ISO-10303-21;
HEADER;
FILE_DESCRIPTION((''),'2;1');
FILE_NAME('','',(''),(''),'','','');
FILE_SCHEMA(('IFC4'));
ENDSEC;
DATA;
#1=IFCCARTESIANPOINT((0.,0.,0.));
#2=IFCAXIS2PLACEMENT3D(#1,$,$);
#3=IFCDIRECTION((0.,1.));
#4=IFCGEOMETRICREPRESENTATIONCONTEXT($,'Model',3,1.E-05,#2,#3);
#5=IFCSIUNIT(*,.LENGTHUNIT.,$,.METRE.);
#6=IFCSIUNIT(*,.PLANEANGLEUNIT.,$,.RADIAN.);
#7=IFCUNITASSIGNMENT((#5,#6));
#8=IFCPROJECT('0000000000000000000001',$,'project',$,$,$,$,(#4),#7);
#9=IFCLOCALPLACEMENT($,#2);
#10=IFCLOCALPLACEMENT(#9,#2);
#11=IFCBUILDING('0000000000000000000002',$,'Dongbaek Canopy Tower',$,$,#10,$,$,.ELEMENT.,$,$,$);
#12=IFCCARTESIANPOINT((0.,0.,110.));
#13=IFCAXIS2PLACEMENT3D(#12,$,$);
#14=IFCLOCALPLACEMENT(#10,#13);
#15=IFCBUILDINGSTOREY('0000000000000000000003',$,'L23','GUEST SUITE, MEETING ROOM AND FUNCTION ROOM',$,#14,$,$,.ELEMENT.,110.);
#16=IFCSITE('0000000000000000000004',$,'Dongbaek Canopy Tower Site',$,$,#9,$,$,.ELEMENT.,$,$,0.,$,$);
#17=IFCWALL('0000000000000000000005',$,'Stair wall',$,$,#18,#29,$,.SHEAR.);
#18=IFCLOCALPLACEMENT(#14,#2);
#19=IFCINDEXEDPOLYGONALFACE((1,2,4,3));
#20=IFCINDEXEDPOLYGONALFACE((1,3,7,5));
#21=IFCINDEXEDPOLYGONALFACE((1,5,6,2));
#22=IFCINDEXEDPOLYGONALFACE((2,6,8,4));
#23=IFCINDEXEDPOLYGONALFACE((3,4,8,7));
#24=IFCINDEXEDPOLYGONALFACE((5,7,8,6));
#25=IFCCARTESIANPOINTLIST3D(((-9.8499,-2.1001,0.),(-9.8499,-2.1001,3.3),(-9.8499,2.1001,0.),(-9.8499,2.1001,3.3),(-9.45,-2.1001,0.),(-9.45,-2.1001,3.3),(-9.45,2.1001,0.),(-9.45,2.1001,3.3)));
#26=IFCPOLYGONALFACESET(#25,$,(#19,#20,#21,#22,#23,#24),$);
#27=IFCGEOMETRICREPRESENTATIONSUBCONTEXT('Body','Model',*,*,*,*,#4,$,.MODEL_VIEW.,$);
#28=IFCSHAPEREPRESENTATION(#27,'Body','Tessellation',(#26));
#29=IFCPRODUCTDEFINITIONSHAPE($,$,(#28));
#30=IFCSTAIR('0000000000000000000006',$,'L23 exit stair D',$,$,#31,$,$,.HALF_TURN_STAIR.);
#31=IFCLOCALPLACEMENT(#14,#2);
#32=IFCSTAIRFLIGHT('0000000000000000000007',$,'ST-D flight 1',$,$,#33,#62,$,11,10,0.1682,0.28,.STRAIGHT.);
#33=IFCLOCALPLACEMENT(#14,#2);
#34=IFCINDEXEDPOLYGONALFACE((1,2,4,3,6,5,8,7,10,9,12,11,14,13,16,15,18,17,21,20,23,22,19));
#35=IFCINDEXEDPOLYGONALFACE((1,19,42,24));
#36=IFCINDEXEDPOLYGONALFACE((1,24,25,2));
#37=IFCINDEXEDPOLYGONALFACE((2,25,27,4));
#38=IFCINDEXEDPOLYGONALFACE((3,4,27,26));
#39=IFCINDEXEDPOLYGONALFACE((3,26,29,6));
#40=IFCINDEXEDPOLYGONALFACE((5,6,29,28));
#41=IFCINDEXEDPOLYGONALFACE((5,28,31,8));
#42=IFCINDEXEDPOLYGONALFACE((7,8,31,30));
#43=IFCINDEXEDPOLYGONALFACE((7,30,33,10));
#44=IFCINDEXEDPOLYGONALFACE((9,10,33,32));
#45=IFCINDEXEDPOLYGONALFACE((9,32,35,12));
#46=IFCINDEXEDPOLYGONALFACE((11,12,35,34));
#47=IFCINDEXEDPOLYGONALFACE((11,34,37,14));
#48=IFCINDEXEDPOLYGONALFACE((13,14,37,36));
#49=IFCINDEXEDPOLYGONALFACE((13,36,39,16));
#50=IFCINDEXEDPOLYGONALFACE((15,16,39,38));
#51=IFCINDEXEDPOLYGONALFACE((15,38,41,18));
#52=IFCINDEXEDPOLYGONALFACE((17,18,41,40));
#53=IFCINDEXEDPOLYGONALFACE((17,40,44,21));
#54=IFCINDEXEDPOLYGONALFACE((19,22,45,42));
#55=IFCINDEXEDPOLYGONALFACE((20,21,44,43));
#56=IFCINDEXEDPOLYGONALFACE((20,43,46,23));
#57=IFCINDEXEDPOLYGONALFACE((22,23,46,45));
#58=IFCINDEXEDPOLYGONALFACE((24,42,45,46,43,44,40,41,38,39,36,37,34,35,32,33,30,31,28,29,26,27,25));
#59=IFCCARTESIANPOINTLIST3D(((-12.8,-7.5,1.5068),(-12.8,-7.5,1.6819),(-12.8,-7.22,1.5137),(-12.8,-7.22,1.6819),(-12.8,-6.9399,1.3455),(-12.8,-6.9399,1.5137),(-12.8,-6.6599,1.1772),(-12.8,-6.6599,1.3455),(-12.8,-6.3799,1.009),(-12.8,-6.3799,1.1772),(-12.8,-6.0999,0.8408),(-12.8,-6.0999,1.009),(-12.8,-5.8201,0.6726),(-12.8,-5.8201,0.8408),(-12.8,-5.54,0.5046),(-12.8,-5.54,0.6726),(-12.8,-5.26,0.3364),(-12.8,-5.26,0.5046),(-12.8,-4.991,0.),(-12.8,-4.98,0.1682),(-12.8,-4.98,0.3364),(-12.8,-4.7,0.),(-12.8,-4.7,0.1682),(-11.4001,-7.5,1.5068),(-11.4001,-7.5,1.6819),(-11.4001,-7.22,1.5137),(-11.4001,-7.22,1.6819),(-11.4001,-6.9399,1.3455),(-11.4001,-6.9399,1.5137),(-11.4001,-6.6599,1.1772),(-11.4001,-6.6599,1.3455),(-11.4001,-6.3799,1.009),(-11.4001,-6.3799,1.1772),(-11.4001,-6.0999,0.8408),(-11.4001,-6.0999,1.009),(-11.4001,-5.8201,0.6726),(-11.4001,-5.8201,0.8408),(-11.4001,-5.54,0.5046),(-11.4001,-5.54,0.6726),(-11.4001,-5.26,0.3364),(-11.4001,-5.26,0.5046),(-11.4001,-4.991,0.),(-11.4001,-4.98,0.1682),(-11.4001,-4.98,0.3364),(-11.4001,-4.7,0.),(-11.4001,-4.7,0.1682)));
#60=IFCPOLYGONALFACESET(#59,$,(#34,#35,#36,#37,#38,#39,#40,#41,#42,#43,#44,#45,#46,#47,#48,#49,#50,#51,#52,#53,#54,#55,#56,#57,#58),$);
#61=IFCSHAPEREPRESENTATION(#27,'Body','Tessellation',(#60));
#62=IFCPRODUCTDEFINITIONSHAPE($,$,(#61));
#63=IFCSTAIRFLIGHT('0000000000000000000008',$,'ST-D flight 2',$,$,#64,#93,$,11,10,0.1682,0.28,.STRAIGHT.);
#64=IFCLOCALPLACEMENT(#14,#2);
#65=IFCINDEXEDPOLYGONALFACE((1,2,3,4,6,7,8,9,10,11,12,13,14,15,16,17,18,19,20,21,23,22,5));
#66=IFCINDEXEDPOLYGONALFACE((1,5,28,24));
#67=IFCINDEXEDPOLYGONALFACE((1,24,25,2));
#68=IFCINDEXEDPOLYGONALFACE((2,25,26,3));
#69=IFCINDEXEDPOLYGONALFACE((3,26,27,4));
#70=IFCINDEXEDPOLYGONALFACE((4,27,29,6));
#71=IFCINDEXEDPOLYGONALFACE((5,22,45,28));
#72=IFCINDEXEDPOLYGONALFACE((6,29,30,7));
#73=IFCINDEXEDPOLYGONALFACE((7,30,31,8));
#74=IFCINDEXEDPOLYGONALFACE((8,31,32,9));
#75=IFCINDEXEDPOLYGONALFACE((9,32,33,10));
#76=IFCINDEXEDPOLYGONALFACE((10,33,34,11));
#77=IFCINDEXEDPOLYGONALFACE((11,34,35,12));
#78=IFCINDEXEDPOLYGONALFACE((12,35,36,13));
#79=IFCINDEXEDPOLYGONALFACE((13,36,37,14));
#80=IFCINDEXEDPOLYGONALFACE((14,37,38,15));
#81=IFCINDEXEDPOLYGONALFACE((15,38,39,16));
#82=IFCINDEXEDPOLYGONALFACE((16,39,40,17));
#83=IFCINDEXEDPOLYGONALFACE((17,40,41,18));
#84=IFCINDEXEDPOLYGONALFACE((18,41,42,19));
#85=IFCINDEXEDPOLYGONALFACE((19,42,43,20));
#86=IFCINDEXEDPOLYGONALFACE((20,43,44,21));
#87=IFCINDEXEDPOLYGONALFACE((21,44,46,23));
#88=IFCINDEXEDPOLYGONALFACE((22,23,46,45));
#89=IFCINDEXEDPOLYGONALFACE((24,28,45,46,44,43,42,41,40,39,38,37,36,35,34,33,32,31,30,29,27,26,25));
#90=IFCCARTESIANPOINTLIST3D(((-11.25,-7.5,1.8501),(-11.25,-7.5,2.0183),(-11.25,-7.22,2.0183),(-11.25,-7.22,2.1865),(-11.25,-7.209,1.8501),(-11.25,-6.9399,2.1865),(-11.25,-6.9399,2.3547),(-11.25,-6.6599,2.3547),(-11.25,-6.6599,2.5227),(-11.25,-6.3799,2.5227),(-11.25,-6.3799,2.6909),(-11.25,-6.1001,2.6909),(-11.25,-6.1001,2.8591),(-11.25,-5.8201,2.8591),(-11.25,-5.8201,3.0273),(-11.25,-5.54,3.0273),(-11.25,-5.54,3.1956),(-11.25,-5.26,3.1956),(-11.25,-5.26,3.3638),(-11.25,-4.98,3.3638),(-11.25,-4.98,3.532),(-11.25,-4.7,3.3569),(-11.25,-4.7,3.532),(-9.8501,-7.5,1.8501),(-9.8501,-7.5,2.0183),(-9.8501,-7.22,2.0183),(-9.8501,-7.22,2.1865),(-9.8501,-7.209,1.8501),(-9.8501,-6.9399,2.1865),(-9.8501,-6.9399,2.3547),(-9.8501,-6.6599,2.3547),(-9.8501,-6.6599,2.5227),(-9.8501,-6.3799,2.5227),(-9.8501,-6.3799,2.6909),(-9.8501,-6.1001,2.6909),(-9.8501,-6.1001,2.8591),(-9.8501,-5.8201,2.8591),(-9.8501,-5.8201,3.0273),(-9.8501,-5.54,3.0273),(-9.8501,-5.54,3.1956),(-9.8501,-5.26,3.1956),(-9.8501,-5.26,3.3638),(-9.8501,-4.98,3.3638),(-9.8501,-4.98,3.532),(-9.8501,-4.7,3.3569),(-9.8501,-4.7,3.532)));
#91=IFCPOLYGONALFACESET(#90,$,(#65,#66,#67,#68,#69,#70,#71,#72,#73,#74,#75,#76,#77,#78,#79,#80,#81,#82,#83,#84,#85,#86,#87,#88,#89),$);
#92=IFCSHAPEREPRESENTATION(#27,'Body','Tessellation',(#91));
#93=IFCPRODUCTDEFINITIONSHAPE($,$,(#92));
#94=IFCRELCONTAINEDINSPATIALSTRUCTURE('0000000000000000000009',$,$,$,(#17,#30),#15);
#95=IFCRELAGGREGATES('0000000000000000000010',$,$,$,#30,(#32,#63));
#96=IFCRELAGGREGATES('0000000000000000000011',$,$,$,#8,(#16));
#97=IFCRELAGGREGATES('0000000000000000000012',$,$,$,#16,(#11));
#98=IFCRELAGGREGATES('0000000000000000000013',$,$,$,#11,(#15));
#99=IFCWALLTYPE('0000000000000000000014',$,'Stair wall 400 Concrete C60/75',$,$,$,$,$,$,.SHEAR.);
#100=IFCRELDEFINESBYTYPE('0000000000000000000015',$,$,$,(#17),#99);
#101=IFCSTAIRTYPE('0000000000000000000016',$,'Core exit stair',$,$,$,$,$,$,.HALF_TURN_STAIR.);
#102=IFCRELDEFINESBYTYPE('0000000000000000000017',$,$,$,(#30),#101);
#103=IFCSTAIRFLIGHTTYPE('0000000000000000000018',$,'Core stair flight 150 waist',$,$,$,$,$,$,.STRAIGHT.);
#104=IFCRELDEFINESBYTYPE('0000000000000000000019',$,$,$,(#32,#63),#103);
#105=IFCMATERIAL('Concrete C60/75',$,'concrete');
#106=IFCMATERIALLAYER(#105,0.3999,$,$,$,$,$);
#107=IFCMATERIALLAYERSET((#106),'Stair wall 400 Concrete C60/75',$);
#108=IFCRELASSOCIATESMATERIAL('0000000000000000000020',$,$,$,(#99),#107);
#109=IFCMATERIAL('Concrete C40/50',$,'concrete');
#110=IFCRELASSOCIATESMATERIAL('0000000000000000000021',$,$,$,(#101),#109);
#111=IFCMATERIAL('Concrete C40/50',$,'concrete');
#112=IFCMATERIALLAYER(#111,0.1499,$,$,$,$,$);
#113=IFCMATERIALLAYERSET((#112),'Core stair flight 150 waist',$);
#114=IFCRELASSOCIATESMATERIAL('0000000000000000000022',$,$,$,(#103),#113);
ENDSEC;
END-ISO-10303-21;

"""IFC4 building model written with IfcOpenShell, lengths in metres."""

from ifc_helpers import new_model, si_unit, direction, frame, frame_2d, origin, place, context, subcontext, project, spatial, polyline, rectangle, outline, extrude, material, layer, layer_set, type_object, element, aggregate, save


model = new_model("IFC4")

# Units and contexts
model_context = context("Model", 3, precision=1e-05, world=origin(), true_north=direction((0.0, 1.0)))
body_context = subcontext(model_context, "Body", "Model", "MODEL_VIEW")
ifc_project = project(units=[si_unit("LENGTHUNIT", "METRE"), si_unit("PLANEANGLEUNIT", "RADIAN")], contexts=[model_context])

# Site, building, storey
site_placement = place(None, origin())
site = spatial("IfcSite", under=ifc_project, at=site_placement, Name="Dongbaek Canopy Tower Site", CompositionType="ELEMENT", RefElevation=0.0)
building_placement = place(site_placement, origin())
building = spatial("IfcBuilding", under=site, at=building_placement, Name="Dongbaek Canopy Tower", CompositionType="ELEMENT")
storey_placement = place(building_placement, frame((0.0, 0.0, 110.0)))
storey = spatial("IfcBuildingStorey", under=building, at=storey_placement, Name="L23", Description="GUEST SUITE, MEETING ROOM AND FUNCTION ROOM", CompositionType="ELEMENT", Elevation=110.0)

# Shared definitions
ifc_material_1 = material(Name="Concrete C60/75", Category="concrete")
ifc_layer_1 = layer(ifc_material_1, 0.3999)
ifc_layer_set_1 = layer_set([ifc_layer_1], Name="Stair wall 400 Concrete C60/75")
wall_type_1 = type_object("IfcWallType", Name="Stair wall 400 Concrete C60/75", PredefinedType="SHEAR", material=ifc_layer_set_1)

# Wall
wall_1_placement = place(storey_placement, frame((-9.6499, -2.1001, 0.0), z_axis=(0.0, 0.0, 1.0), x_axis=(0.0, 1.0, 0.0)))
element("IfcWall", 1, at=wall_1_placement, inside=storey, type_object=wall_type_1, Name="Stair wall", PredefinedType="SHEAR", context=body_context, shape_type="SweptSolid", body=[
    extrude(rectangle(XDim=4.2002, YDim=0.3999, at=frame_2d((2.1001, 0.0))), origin(), (0.0, 0.0, 1.0), 3.3),
])

# Stair, stair flights
ifc_material_2 = material(Name="Concrete C40/50", Category="concrete")
stair_type = type_object("IfcStairType", Name="Core exit stair", PredefinedType="HALF_TURN_STAIR", material=ifc_material_2)
stair_placement = place(storey_placement, origin())
stair = element("IfcStair", 2, at=stair_placement, inside=storey, type_object=stair_type, Name="L23 exit stair D", PredefinedType="HALF_TURN_STAIR")
ifc_material_3 = material(Name="Concrete C40/50", Category="concrete")
ifc_layer_2 = layer(ifc_material_3, 0.1499)
ifc_layer_set_2 = layer_set([ifc_layer_2], Name="Core stair flight 150 waist")
stair_flight_type = type_object("IfcStairFlightType", Name="Core stair flight 150 waist", PredefinedType="STRAIGHT", material=ifc_layer_set_2)
stair_flight_1_placement = place(storey_placement, frame((-12.1001, -4.7, 0.0), z_axis=(0.0, 0.0, 1.0), x_axis=(0.0, -1.0, 0.0)))
stair_flight_1 = element("IfcStairFlight", 3, at=stair_flight_1_placement, type_object=stair_flight_type, Name="ST-D flight 1", NumberOfRisers=11, NumberOfTreads=10, PredefinedType="STRAIGHT", RiserHeight=0.1682, TreadLength=0.28, context=body_context, shape_type="SweptSolid", body=[
    extrude(outline(polyline([(0.0, 0.0), (0.0, 0.1682), (0.28, 0.1682), (0.28, 0.3364), (0.5601, 0.3364), (0.5601, 0.5046), (0.8401, 0.5046), (0.8401, 0.6726), (1.1201, 0.6726), (1.1201, 0.8408), (1.3999, 0.8408), (1.3999, 1.009), (1.6799, 1.009), (1.6799, 1.1772), (1.96, 1.1772), (1.96, 1.3455), (2.24, 1.3455), (2.24, 1.5137), (2.52, 1.5137), (2.52, 1.6819), (2.8, 1.6819), (2.8, 1.8501), (2.8, 1.5068), (0.291, 0.0), (0.0, 0.0)])), frame((0.0, 0.7, 0.0), z_axis=(0.0, -1.0, 0.0), x_axis=(1.0, 0.0, 0.0)), (0.0, 0.0, 1.0), 1.3999),
])
stair_flight_2_placement = place(storey_placement, frame((-10.55, -7.5, 1.8501), z_axis=(0.0, 0.0, 1.0), x_axis=(0.0, 1.0, 0.0)))
stair_flight_2 = element("IfcStairFlight", 4, at=stair_flight_2_placement, type_object=stair_flight_type, Name="ST-D flight 2", NumberOfRisers=11, NumberOfTreads=10, PredefinedType="STRAIGHT", RiserHeight=0.1682, TreadLength=0.28, context=body_context, shape_type="SweptSolid", body=[
    extrude(outline(polyline([(0.0, 0.0), (0.0, 0.1682), (0.28, 0.1682), (0.28, 0.3364), (0.5601, 0.3364), (0.5601, 0.5046), (0.8401, 0.5046), (0.8401, 0.6726), (1.1201, 0.6726), (1.1201, 0.8408), (1.3999, 0.8408), (1.3999, 1.009), (1.6799, 1.009), (1.6799, 1.1772), (1.96, 1.1772), (1.96, 1.3455), (2.24, 1.3455), (2.24, 1.5137), (2.52, 1.5137), (2.52, 1.6819), (2.8, 1.6819), (2.8, 1.8501), (2.8, 1.5068), (0.291, 0.0), (0.0, 0.0)])), frame((0.0, 0.7, 0.0), z_axis=(0.0, -1.0, 0.0), x_axis=(1.0, 0.0, 0.0)), (0.0, 0.0, 1.0), 1.3999),
])
aggregate(stair, [stair_flight_1, stair_flight_2])

save(model, "model.ifc")
